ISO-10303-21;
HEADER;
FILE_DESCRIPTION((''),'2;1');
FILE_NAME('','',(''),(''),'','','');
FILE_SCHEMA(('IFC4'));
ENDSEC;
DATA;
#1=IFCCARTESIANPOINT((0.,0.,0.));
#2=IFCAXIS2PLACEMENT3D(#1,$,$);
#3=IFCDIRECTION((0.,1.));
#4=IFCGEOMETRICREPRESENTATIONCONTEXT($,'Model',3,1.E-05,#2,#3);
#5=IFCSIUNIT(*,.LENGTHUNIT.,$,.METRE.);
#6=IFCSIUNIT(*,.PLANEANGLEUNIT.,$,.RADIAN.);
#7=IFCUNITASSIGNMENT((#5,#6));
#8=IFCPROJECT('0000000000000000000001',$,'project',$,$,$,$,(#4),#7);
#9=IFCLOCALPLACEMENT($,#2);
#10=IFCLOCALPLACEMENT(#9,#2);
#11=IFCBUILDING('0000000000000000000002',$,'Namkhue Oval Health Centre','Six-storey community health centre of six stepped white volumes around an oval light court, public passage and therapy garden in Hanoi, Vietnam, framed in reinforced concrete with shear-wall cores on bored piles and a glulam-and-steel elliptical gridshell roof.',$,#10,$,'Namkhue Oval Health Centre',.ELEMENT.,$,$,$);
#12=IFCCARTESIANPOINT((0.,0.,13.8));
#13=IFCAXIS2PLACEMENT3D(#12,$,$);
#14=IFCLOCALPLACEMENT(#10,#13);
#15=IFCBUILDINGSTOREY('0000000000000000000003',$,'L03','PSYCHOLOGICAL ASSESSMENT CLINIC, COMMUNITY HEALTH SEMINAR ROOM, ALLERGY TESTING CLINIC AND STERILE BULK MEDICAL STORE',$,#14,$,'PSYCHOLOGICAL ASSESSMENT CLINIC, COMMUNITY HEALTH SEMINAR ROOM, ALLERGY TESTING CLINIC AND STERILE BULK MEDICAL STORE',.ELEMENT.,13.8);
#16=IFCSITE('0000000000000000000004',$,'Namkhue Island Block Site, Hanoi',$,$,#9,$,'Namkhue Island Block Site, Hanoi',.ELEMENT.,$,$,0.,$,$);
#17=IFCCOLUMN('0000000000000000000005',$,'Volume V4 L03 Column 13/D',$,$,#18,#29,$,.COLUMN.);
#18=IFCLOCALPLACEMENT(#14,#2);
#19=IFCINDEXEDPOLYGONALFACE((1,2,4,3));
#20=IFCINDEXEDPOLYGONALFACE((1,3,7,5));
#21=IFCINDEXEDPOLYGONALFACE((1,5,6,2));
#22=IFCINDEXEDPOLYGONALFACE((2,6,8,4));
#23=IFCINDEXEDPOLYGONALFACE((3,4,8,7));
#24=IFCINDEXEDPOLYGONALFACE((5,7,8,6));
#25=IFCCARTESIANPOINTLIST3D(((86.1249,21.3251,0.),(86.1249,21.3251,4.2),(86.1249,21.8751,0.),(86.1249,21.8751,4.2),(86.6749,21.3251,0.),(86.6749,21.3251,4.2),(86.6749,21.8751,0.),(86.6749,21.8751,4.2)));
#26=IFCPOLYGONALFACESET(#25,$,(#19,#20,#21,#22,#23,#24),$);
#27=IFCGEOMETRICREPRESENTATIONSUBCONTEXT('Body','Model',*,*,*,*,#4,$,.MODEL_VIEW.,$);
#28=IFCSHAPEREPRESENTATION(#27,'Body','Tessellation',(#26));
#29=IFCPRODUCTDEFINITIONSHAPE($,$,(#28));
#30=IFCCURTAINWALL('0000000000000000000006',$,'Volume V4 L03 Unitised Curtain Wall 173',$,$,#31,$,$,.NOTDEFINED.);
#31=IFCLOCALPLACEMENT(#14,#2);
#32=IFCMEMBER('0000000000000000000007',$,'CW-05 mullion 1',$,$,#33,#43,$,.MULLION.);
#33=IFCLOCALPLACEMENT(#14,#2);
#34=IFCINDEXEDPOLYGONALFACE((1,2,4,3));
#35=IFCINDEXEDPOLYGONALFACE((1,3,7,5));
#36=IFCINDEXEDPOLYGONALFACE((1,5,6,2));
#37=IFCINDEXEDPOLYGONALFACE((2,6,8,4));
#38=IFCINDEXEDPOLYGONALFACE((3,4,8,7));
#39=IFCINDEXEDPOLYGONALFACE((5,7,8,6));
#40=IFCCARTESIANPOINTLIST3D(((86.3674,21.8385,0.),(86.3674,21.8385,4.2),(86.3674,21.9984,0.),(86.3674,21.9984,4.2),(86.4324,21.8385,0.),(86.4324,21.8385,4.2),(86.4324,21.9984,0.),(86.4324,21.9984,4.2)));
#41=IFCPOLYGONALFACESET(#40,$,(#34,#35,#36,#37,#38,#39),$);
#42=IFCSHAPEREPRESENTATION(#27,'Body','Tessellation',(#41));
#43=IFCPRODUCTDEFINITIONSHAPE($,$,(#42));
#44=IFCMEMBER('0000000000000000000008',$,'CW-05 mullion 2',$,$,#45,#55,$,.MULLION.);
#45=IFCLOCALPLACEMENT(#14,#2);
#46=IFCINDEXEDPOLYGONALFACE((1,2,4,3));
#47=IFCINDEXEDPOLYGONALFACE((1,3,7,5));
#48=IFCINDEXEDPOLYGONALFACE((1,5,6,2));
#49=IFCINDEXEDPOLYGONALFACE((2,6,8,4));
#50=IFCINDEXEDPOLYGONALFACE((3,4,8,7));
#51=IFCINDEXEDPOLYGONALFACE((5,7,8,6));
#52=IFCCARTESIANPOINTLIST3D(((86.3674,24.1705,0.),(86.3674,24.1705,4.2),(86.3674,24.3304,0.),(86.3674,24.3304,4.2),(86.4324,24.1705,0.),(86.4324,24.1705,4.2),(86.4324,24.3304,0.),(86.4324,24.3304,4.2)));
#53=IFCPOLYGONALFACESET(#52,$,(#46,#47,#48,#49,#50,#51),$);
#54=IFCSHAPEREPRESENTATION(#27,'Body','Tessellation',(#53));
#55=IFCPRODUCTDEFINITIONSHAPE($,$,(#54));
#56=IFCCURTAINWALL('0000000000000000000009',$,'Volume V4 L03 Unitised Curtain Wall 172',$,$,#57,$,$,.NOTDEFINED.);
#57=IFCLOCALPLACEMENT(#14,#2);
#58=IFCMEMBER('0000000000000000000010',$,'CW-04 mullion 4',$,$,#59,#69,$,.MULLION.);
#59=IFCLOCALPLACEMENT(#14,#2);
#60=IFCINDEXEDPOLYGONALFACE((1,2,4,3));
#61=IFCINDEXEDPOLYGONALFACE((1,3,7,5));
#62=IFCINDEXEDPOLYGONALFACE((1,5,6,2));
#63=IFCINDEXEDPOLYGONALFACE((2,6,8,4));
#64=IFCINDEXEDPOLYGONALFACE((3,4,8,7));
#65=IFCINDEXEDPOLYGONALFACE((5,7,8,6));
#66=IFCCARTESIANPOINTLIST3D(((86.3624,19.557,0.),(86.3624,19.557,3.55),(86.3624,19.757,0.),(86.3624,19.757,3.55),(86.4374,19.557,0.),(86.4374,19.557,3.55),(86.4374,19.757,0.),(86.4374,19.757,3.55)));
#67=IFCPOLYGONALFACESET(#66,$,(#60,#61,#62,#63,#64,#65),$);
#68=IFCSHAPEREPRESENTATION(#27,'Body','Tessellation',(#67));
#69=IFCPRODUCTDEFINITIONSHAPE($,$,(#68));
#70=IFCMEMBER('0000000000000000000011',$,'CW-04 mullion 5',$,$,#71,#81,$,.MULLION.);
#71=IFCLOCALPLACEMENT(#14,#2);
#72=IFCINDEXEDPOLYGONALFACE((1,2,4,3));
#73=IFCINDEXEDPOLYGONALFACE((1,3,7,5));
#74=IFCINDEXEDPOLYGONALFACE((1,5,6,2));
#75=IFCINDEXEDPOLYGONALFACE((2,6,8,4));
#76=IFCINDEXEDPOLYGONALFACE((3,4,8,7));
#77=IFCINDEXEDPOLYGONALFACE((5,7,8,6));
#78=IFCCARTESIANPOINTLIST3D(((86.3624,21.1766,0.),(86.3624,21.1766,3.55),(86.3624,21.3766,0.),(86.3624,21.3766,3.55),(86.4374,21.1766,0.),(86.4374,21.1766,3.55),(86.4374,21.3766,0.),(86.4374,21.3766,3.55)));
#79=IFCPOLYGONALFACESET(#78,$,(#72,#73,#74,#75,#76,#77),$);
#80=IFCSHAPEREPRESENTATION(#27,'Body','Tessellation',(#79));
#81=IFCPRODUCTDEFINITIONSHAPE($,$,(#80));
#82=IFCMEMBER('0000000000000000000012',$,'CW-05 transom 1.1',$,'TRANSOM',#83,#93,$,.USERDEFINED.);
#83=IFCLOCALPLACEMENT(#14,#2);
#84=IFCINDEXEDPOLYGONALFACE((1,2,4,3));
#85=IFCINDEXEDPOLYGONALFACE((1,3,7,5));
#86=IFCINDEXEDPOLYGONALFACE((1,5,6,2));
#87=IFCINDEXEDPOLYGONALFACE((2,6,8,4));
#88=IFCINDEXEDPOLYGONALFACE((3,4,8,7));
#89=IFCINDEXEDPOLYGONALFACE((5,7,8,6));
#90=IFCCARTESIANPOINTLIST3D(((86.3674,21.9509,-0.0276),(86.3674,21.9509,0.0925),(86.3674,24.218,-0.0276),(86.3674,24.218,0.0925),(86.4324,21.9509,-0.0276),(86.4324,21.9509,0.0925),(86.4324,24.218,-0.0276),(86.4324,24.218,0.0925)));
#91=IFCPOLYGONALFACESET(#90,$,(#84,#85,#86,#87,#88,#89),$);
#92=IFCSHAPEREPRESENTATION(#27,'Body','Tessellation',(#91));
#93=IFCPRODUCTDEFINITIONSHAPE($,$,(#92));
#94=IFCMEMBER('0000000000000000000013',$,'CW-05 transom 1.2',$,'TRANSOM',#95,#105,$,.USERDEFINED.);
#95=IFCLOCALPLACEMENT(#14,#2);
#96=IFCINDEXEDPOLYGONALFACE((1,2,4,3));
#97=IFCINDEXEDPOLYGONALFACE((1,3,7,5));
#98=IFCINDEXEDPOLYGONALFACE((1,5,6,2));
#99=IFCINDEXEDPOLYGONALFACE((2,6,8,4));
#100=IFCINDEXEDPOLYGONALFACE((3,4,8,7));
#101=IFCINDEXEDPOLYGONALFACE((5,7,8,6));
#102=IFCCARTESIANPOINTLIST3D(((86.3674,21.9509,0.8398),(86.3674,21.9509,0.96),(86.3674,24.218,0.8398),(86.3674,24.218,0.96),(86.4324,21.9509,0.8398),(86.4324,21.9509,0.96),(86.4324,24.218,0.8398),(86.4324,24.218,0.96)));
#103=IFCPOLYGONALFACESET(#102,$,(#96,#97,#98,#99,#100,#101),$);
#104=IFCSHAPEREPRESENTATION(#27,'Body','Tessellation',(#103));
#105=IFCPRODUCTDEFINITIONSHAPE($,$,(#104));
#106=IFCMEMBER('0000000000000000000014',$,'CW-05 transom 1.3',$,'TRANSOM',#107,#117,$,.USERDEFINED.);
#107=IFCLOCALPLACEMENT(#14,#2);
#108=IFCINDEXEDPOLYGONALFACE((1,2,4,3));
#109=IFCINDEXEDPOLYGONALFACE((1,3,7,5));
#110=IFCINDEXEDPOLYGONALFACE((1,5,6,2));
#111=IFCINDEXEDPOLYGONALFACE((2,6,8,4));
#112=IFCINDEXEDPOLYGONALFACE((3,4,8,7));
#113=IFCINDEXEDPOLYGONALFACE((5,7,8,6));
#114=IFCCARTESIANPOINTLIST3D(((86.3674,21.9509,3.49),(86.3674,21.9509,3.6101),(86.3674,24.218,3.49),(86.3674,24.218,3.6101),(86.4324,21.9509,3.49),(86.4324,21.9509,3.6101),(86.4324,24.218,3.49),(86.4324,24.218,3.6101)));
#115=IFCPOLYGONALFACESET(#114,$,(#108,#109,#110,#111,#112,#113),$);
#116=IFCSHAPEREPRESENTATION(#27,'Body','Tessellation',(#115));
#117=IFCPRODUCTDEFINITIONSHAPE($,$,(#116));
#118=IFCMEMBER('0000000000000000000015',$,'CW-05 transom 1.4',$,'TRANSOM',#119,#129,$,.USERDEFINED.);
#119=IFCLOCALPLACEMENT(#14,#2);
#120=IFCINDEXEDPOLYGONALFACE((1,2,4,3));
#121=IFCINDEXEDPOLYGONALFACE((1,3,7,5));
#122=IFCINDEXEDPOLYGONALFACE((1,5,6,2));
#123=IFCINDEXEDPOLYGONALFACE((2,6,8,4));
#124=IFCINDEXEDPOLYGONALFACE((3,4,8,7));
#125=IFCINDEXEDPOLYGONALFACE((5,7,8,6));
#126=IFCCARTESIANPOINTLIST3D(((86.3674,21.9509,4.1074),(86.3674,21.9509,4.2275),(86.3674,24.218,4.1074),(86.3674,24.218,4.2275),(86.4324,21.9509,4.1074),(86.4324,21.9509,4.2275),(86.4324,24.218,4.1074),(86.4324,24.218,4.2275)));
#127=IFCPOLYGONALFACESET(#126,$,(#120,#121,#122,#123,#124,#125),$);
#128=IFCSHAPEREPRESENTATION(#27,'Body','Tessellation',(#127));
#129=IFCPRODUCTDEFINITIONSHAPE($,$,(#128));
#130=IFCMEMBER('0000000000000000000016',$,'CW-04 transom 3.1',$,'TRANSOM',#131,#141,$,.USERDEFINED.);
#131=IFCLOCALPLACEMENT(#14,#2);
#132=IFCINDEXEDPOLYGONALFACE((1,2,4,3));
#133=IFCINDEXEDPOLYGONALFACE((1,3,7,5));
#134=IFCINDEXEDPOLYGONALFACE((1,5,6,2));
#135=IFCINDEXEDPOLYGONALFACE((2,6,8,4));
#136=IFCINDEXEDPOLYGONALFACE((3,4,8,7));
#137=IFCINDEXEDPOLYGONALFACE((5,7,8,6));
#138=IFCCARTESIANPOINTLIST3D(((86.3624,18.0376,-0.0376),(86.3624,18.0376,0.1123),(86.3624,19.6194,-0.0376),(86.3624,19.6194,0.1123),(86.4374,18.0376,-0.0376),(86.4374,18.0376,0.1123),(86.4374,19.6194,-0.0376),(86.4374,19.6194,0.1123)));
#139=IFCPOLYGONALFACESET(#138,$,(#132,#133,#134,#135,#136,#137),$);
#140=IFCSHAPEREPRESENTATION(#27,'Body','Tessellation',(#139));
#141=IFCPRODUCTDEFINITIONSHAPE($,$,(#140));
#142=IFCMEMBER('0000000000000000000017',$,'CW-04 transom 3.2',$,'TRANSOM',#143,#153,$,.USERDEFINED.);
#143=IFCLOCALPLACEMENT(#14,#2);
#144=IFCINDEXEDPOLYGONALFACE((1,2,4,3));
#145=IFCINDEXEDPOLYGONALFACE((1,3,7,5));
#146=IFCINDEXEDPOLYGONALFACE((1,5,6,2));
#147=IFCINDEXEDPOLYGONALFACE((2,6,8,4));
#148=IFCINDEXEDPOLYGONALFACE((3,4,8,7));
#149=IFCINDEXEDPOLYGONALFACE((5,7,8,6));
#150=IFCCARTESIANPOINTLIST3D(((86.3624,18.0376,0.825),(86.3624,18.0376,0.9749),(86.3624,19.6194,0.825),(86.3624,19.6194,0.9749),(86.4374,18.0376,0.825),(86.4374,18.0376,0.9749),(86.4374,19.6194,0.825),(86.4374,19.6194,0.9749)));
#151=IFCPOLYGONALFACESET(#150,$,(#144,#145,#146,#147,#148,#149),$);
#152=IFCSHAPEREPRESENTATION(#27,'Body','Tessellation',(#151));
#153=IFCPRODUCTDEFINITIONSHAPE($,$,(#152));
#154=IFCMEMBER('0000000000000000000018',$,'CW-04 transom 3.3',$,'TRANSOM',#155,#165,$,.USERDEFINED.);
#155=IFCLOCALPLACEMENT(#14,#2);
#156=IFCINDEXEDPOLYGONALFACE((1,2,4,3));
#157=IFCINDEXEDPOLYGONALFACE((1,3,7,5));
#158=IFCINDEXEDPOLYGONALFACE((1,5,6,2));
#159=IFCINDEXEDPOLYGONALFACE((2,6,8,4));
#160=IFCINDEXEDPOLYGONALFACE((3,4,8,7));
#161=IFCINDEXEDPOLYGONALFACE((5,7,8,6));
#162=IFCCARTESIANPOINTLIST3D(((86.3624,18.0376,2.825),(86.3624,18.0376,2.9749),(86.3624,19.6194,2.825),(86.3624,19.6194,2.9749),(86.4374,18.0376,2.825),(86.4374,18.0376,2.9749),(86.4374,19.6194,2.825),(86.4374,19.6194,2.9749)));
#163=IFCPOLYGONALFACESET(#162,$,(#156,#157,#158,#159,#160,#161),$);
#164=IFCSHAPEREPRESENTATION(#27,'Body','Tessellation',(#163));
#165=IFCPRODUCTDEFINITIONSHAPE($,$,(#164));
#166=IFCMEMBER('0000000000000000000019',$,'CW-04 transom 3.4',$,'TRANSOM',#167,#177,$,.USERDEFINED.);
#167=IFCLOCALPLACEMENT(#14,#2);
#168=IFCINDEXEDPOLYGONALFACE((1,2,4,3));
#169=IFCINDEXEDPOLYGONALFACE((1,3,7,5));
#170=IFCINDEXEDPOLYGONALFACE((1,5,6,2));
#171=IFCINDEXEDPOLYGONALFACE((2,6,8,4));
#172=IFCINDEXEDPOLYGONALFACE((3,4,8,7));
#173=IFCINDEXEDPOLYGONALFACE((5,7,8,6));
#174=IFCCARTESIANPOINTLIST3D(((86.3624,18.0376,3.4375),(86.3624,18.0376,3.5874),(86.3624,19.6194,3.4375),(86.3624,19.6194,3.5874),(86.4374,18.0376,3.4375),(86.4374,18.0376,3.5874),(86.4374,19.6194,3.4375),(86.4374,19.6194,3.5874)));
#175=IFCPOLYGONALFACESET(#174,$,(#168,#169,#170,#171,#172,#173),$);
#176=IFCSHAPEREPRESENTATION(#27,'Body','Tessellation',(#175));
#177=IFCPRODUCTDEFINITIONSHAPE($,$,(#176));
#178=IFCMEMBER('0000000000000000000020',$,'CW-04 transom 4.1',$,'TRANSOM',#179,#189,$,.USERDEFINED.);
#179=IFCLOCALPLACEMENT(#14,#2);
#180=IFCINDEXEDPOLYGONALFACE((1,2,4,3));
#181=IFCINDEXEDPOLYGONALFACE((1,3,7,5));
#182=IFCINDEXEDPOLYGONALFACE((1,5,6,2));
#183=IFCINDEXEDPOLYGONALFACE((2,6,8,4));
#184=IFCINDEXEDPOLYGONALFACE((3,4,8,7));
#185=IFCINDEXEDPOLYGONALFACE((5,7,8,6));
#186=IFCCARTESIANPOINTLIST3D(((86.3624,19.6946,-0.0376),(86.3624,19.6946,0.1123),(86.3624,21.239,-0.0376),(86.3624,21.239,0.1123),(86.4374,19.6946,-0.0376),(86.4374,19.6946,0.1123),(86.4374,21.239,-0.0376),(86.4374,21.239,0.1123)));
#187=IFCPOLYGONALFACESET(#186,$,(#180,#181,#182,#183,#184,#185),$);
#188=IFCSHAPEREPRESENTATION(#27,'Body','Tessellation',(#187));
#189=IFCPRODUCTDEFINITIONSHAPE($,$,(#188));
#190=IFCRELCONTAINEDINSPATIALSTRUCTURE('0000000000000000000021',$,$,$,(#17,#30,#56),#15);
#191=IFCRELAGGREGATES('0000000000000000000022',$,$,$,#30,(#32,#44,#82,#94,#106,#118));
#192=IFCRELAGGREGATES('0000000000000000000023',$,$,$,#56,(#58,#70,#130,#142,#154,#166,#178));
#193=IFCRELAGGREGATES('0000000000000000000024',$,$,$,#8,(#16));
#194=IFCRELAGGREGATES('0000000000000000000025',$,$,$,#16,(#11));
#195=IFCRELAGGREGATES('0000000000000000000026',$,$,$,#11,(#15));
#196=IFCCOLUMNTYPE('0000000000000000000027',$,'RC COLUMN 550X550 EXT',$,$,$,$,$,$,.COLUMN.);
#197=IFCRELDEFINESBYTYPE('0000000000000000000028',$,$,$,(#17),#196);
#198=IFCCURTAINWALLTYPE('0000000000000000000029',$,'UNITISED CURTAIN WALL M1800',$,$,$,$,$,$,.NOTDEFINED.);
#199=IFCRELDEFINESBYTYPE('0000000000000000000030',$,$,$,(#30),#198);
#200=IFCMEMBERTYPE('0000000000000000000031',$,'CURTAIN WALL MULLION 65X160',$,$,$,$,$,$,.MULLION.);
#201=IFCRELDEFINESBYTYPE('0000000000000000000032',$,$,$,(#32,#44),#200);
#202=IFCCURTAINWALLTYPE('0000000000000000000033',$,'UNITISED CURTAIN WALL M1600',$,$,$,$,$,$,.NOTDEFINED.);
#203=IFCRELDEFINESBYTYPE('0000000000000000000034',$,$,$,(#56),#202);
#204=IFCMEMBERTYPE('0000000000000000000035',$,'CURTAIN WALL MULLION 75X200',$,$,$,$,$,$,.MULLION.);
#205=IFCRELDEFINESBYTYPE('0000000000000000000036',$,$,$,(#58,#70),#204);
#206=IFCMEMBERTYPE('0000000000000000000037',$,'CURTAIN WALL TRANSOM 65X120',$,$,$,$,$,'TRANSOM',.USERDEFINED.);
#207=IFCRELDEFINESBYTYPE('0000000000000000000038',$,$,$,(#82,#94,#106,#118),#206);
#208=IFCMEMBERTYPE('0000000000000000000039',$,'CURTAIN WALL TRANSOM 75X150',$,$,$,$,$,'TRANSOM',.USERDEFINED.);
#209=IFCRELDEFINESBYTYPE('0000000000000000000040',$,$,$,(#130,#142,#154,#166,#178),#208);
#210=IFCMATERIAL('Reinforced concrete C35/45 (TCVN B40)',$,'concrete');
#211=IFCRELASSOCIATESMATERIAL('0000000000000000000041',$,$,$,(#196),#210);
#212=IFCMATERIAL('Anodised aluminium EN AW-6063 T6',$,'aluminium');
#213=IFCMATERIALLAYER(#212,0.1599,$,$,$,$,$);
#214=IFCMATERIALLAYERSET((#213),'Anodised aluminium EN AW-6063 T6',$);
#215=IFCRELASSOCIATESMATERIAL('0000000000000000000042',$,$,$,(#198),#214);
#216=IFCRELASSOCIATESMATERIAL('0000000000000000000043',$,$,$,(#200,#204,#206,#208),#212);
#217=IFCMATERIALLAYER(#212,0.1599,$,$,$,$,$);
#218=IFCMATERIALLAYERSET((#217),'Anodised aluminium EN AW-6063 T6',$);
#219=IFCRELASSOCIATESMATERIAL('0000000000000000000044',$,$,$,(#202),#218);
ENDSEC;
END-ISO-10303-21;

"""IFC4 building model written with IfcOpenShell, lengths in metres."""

from ifc_helpers import new_model, si_unit, direction, frame, origin, origin_2d, place, context, subcontext, project, spatial, rectangle, extrude, material, layer, layer_set, material_profile, profile_set, type_object, element, aggregate, save


model = new_model("IFC4")

# Units and contexts
model_context = context("Model", 3, precision=1e-05, world=origin(), true_north=direction((0.0, 1.0)))
body_context = subcontext(model_context, "Body", "Model", "MODEL_VIEW")
ifc_project = project(units=[si_unit("LENGTHUNIT", "METRE"), si_unit("PLANEANGLEUNIT", "RADIAN")], contexts=[model_context])

# Site, building, storey
site_placement = place(None, origin())
site = spatial("IfcSite", under=ifc_project, at=site_placement, Name="Namkhue Island Block Site, Hanoi", LongName="Namkhue Island Block Site, Hanoi", CompositionType="ELEMENT", RefElevation=0.0)
building_placement = place(site_placement, origin())
building = spatial("IfcBuilding", under=site, at=building_placement, Name="Namkhue Oval Health Centre", Description="Six-storey community health centre of six stepped white volumes around an oval light court, public passage and therapy garden in Hanoi, Vietnam, framed in reinforced concrete with shear-wall cores on bored piles and a glulam-and-steel elliptical gridshell roof.", LongName="Namkhue Oval Health Centre", CompositionType="ELEMENT")
storey_placement = place(building_placement, frame((0.0, 0.0, 13.8)))
storey = spatial("IfcBuildingStorey", under=building, at=storey_placement, Name="L03", Description="PSYCHOLOGICAL ASSESSMENT CLINIC, COMMUNITY HEALTH SEMINAR ROOM, ALLERGY TESTING CLINIC AND STERILE BULK MEDICAL STORE", LongName="PSYCHOLOGICAL ASSESSMENT CLINIC, COMMUNITY HEALTH SEMINAR ROOM, ALLERGY TESTING CLINIC AND STERILE BULK MEDICAL STORE", CompositionType="ELEMENT", Elevation=13.8)

# Column
ifc_material_1 = material(Name="Reinforced concrete C35/45 (TCVN B40)", Category="concrete")
ifc_material_profile_1 = material_profile(ifc_material_1, rectangle(XDim=0.55, YDim=0.55, at=origin_2d()), Name="RC 550x550")
ifc_profile_set_1 = profile_set([ifc_material_profile_1], Name="Reinforced concrete C35/45 (TCVN B40)")
column_type = type_object("IfcColumnType", Name="RC COLUMN 550X550 EXT", PredefinedType="COLUMN", material=ifc_profile_set_1)
column_placement = place(storey_placement, frame((86.3999, 21.6001, 0.0), z_axis=(0.0, 0.0, 1.0), x_axis=(1.0, 0.0, 0.0)))
element("IfcColumn", 1, at=column_placement, inside=storey, type_object=column_type, Name="Volume V4 L03 Column 13/D", PredefinedType="COLUMN", context=body_context, shape_type="SweptSolid", body=[
    extrude(rectangle(XDim=0.55, YDim=0.55, at=origin_2d()), origin(), (0.0, 0.0, 1.0), 4.2),
])

# Curtain walls, members
ifc_material_2 = material(Name="Anodised aluminium EN AW-6063 T6", Category="aluminium")
ifc_layer_1 = layer(ifc_material_2, 0.1599)
ifc_layer_set_1 = layer_set([ifc_layer_1], Name="Anodised aluminium EN AW-6063 T6")
curtain_wall_type_1 = type_object("IfcCurtainWallType", Name="UNITISED CURTAIN WALL M1800", PredefinedType="NOTDEFINED", material=ifc_layer_set_1)
curtain_wall_1_placement = place(storey_placement, origin())
curtain_wall_1 = element("IfcCurtainWall", 2, at=curtain_wall_1_placement, inside=storey, type_object=curtain_wall_type_1, Name="Volume V4 L03 Unitised Curtain Wall 173", PredefinedType="NOTDEFINED")
ifc_material_profile_2 = material_profile(ifc_material_2, rectangle(XDim=0.0649, YDim=0.1599, at=origin_2d()), Name="ALU 65x160")
ifc_profile_set_2 = profile_set([ifc_material_profile_2], Name="Anodised aluminium EN AW-6063 T6")
member_type_1 = type_object("IfcMemberType", Name="CURTAIN WALL MULLION 65X160", PredefinedType="MULLION", material=ifc_profile_set_2)
member_1_placement = place(storey_placement, frame((86.3999, 21.9185, 0.0), z_axis=(0.0, 0.0, 1.0), x_axis=(-1.0, 0.0, 0.0)))
member_1 = element("IfcMember", 3, at=member_1_placement, type_object=member_type_1, Name="CW-05 mullion 1", PredefinedType="MULLION", context=body_context, shape_type="SweptSolid", body=[
    extrude(rectangle(XDim=0.0649, YDim=0.1599, at=origin_2d()), origin(), (0.0, 0.0, 1.0), 4.2),
])
member_2_placement = place(storey_placement, frame((86.3999, 24.2505, 0.0), z_axis=(0.0, 0.0, 1.0), x_axis=(-1.0, 0.0, 0.0)))
member_2 = element("IfcMember", 4, at=member_2_placement, type_object=member_type_1, Name="CW-05 mullion 2", PredefinedType="MULLION", context=body_context, shape_type="SweptSolid", body=[
    extrude(rectangle(XDim=0.0649, YDim=0.1599, at=origin_2d()), origin(), (0.0, 0.0, 1.0), 4.2),
])
ifc_layer_2 = layer(ifc_material_2, 0.1599)
ifc_layer_set_2 = layer_set([ifc_layer_2], Name="Anodised aluminium EN AW-6063 T6")
curtain_wall_type_2 = type_object("IfcCurtainWallType", Name="UNITISED CURTAIN WALL M1600", PredefinedType="NOTDEFINED", material=ifc_layer_set_2)
curtain_wall_2_placement = place(storey_placement, origin())
curtain_wall_2 = element("IfcCurtainWall", 5, at=curtain_wall_2_placement, inside=storey, type_object=curtain_wall_type_2, Name="Volume V4 L03 Unitised Curtain Wall 172", PredefinedType="NOTDEFINED")
ifc_material_profile_3 = material_profile(ifc_material_2, rectangle(XDim=0.075, YDim=0.2, at=origin_2d()), Name="ALU 75x200")
ifc_profile_set_3 = profile_set([ifc_material_profile_3], Name="Anodised aluminium EN AW-6063 T6")
member_type_2 = type_object("IfcMemberType", Name="CURTAIN WALL MULLION 75X200", PredefinedType="MULLION", material=ifc_profile_set_3)
member_3_placement = place(storey_placement, frame((86.3999, 19.657, 0.0), z_axis=(0.0, 0.0, 1.0), x_axis=(-1.0, 0.0, 0.0)))
member_3 = element("IfcMember", 6, at=member_3_placement, type_object=member_type_2, Name="CW-04 mullion 4", PredefinedType="MULLION", context=body_context, shape_type="SweptSolid", body=[
    extrude(rectangle(XDim=0.075, YDim=0.2, at=origin_2d()), origin(), (0.0, 0.0, 1.0), 3.55),
])
member_4_placement = place(storey_placement, frame((86.3999, 21.2766, 0.0), z_axis=(0.0, 0.0, 1.0), x_axis=(-1.0, 0.0, 0.0)))
member_4 = element("IfcMember", 7, at=member_4_placement, type_object=member_type_2, Name="CW-04 mullion 5", PredefinedType="MULLION", context=body_context, shape_type="SweptSolid", body=[
    extrude(rectangle(XDim=0.075, YDim=0.2, at=origin_2d()), origin(), (0.0, 0.0, 1.0), 3.55),
])

# Members
ifc_material_profile_4 = material_profile(ifc_material_2, rectangle(XDim=0.0649, YDim=0.1201, at=origin_2d()), Name="ALU 65x120")
ifc_profile_set_4 = profile_set([ifc_material_profile_4], Name="Anodised aluminium EN AW-6063 T6")
member_type_3 = type_object("IfcMemberType", Name="CURTAIN WALL TRANSOM 65X120", ElementType="TRANSOM", PredefinedType="USERDEFINED", material=ifc_profile_set_4)
member_5_placement = place(storey_placement, frame((86.3999, 21.9509, 0.0325), z_axis=(0.0, 1.0, 0.0), x_axis=(-1.0, 0.0, 0.0)))
member_5 = element("IfcMember", 8, at=member_5_placement, type_object=member_type_3, Name="CW-05 transom 1.1", ObjectType="TRANSOM", PredefinedType="USERDEFINED", context=body_context, shape_type="SweptSolid", body=[
    extrude(rectangle(XDim=0.0649, YDim=0.1201, at=origin_2d()), origin(), (0.0, 0.0, 1.0), 2.2671),
])
member_6_placement = place(storey_placement, frame((86.3999, 21.9509, 0.8999), z_axis=(0.0, 1.0, 0.0), x_axis=(-1.0, 0.0, 0.0)))
member_6 = element("IfcMember", 9, at=member_6_placement, type_object=member_type_3, Name="CW-05 transom 1.2", ObjectType="TRANSOM", PredefinedType="USERDEFINED", context=body_context, shape_type="SweptSolid", body=[
    extrude(rectangle(XDim=0.0649, YDim=0.1201, at=origin_2d()), origin(), (0.0, 0.0, 1.0), 2.2671),
])
member_7_placement = place(storey_placement, frame((86.3999, 21.9509, 3.55), z_axis=(0.0, 1.0, 0.0), x_axis=(-1.0, 0.0, 0.0)))
member_7 = element("IfcMember", 10, at=member_7_placement, type_object=member_type_3, Name="CW-05 transom 1.3", ObjectType="TRANSOM", PredefinedType="USERDEFINED", context=body_context, shape_type="SweptSolid", body=[
    extrude(rectangle(XDim=0.0649, YDim=0.1201, at=origin_2d()), origin(), (0.0, 0.0, 1.0), 2.2671),
])
member_8_placement = place(storey_placement, frame((86.3999, 21.9509, 4.1675), z_axis=(0.0, 1.0, 0.0), x_axis=(-1.0, 0.0, 0.0)))
member_8 = element("IfcMember", 11, at=member_8_placement, type_object=member_type_3, Name="CW-05 transom 1.4", ObjectType="TRANSOM", PredefinedType="USERDEFINED", context=body_context, shape_type="SweptSolid", body=[
    extrude(rectangle(XDim=0.0649, YDim=0.1201, at=origin_2d()), origin(), (0.0, 0.0, 1.0), 2.2671),
])
ifc_material_profile_5 = material_profile(ifc_material_2, rectangle(XDim=0.075, YDim=0.1499, at=origin_2d()), Name="ALU 75x150")
ifc_profile_set_5 = profile_set([ifc_material_profile_5], Name="Anodised aluminium EN AW-6063 T6")
member_type_4 = type_object("IfcMemberType", Name="CURTAIN WALL TRANSOM 75X150", ElementType="TRANSOM", PredefinedType="USERDEFINED", material=ifc_profile_set_5)
member_9_placement = place(storey_placement, frame((86.3999, 18.0376, 0.0374), z_axis=(0.0, 1.0, 0.0), x_axis=(-1.0, 0.0, 0.0)))
member_9 = element("IfcMember", 12, at=member_9_placement, type_object=member_type_4, Name="CW-04 transom 3.1", ObjectType="TRANSOM", PredefinedType="USERDEFINED", context=body_context, shape_type="SweptSolid", body=[
    extrude(rectangle(XDim=0.075, YDim=0.1499, at=origin_2d()), origin(), (0.0, 0.0, 1.0), 1.5818),
])
member_10_placement = place(storey_placement, frame((86.3999, 18.0376, 0.8999), z_axis=(0.0, 1.0, 0.0), x_axis=(-1.0, 0.0, 0.0)))
member_10 = element("IfcMember", 13, at=member_10_placement, type_object=member_type_4, Name="CW-04 transom 3.2", ObjectType="TRANSOM", PredefinedType="USERDEFINED", context=body_context, shape_type="SweptSolid", body=[
    extrude(rectangle(XDim=0.075, YDim=0.1499, at=origin_2d()), origin(), (0.0, 0.0, 1.0), 1.5818),
])
member_11_placement = place(storey_placement, frame((86.3999, 18.0376, 2.8999), z_axis=(0.0, 1.0, 0.0), x_axis=(-1.0, 0.0, 0.0)))
member_11 = element("IfcMember", 14, at=member_11_placement, type_object=member_type_4, Name="CW-04 transom 3.3", ObjectType="TRANSOM", PredefinedType="USERDEFINED", context=body_context, shape_type="SweptSolid", body=[
    extrude(rectangle(XDim=0.075, YDim=0.1499, at=origin_2d()), origin(), (0.0, 0.0, 1.0), 1.5818),
])
member_12_placement = place(storey_placement, frame((86.3999, 18.0376, 3.5125), z_axis=(0.0, 1.0, 0.0), x_axis=(-1.0, 0.0, 0.0)))
member_12 = element("IfcMember", 15, at=member_12_placement, type_object=member_type_4, Name="CW-04 transom 3.4", ObjectType="TRANSOM", PredefinedType="USERDEFINED", context=body_context, shape_type="SweptSolid", body=[
    extrude(rectangle(XDim=0.075, YDim=0.1499, at=origin_2d()), origin(), (0.0, 0.0, 1.0), 1.5818),
])
member_13_placement = place(storey_placement, frame((86.3999, 19.6946, 0.0374), z_axis=(0.0, 1.0, 0.0), x_axis=(-1.0, 0.0, 0.0)))
member_13 = element("IfcMember", 16, at=member_13_placement, type_object=member_type_4, Name="CW-04 transom 4.1", ObjectType="TRANSOM", PredefinedType="USERDEFINED", context=body_context, shape_type="SweptSolid", body=[
    extrude(rectangle(XDim=0.075, YDim=0.1499, at=origin_2d()), origin(), (0.0, 0.0, 1.0), 1.5444),
])

aggregate(curtain_wall_1, [member_1, member_2, member_5, member_6, member_7, member_8])
aggregate(curtain_wall_2, [member_3, member_4, member_9, member_10, member_11, member_12, member_13])

save(model, "model.ifc")
